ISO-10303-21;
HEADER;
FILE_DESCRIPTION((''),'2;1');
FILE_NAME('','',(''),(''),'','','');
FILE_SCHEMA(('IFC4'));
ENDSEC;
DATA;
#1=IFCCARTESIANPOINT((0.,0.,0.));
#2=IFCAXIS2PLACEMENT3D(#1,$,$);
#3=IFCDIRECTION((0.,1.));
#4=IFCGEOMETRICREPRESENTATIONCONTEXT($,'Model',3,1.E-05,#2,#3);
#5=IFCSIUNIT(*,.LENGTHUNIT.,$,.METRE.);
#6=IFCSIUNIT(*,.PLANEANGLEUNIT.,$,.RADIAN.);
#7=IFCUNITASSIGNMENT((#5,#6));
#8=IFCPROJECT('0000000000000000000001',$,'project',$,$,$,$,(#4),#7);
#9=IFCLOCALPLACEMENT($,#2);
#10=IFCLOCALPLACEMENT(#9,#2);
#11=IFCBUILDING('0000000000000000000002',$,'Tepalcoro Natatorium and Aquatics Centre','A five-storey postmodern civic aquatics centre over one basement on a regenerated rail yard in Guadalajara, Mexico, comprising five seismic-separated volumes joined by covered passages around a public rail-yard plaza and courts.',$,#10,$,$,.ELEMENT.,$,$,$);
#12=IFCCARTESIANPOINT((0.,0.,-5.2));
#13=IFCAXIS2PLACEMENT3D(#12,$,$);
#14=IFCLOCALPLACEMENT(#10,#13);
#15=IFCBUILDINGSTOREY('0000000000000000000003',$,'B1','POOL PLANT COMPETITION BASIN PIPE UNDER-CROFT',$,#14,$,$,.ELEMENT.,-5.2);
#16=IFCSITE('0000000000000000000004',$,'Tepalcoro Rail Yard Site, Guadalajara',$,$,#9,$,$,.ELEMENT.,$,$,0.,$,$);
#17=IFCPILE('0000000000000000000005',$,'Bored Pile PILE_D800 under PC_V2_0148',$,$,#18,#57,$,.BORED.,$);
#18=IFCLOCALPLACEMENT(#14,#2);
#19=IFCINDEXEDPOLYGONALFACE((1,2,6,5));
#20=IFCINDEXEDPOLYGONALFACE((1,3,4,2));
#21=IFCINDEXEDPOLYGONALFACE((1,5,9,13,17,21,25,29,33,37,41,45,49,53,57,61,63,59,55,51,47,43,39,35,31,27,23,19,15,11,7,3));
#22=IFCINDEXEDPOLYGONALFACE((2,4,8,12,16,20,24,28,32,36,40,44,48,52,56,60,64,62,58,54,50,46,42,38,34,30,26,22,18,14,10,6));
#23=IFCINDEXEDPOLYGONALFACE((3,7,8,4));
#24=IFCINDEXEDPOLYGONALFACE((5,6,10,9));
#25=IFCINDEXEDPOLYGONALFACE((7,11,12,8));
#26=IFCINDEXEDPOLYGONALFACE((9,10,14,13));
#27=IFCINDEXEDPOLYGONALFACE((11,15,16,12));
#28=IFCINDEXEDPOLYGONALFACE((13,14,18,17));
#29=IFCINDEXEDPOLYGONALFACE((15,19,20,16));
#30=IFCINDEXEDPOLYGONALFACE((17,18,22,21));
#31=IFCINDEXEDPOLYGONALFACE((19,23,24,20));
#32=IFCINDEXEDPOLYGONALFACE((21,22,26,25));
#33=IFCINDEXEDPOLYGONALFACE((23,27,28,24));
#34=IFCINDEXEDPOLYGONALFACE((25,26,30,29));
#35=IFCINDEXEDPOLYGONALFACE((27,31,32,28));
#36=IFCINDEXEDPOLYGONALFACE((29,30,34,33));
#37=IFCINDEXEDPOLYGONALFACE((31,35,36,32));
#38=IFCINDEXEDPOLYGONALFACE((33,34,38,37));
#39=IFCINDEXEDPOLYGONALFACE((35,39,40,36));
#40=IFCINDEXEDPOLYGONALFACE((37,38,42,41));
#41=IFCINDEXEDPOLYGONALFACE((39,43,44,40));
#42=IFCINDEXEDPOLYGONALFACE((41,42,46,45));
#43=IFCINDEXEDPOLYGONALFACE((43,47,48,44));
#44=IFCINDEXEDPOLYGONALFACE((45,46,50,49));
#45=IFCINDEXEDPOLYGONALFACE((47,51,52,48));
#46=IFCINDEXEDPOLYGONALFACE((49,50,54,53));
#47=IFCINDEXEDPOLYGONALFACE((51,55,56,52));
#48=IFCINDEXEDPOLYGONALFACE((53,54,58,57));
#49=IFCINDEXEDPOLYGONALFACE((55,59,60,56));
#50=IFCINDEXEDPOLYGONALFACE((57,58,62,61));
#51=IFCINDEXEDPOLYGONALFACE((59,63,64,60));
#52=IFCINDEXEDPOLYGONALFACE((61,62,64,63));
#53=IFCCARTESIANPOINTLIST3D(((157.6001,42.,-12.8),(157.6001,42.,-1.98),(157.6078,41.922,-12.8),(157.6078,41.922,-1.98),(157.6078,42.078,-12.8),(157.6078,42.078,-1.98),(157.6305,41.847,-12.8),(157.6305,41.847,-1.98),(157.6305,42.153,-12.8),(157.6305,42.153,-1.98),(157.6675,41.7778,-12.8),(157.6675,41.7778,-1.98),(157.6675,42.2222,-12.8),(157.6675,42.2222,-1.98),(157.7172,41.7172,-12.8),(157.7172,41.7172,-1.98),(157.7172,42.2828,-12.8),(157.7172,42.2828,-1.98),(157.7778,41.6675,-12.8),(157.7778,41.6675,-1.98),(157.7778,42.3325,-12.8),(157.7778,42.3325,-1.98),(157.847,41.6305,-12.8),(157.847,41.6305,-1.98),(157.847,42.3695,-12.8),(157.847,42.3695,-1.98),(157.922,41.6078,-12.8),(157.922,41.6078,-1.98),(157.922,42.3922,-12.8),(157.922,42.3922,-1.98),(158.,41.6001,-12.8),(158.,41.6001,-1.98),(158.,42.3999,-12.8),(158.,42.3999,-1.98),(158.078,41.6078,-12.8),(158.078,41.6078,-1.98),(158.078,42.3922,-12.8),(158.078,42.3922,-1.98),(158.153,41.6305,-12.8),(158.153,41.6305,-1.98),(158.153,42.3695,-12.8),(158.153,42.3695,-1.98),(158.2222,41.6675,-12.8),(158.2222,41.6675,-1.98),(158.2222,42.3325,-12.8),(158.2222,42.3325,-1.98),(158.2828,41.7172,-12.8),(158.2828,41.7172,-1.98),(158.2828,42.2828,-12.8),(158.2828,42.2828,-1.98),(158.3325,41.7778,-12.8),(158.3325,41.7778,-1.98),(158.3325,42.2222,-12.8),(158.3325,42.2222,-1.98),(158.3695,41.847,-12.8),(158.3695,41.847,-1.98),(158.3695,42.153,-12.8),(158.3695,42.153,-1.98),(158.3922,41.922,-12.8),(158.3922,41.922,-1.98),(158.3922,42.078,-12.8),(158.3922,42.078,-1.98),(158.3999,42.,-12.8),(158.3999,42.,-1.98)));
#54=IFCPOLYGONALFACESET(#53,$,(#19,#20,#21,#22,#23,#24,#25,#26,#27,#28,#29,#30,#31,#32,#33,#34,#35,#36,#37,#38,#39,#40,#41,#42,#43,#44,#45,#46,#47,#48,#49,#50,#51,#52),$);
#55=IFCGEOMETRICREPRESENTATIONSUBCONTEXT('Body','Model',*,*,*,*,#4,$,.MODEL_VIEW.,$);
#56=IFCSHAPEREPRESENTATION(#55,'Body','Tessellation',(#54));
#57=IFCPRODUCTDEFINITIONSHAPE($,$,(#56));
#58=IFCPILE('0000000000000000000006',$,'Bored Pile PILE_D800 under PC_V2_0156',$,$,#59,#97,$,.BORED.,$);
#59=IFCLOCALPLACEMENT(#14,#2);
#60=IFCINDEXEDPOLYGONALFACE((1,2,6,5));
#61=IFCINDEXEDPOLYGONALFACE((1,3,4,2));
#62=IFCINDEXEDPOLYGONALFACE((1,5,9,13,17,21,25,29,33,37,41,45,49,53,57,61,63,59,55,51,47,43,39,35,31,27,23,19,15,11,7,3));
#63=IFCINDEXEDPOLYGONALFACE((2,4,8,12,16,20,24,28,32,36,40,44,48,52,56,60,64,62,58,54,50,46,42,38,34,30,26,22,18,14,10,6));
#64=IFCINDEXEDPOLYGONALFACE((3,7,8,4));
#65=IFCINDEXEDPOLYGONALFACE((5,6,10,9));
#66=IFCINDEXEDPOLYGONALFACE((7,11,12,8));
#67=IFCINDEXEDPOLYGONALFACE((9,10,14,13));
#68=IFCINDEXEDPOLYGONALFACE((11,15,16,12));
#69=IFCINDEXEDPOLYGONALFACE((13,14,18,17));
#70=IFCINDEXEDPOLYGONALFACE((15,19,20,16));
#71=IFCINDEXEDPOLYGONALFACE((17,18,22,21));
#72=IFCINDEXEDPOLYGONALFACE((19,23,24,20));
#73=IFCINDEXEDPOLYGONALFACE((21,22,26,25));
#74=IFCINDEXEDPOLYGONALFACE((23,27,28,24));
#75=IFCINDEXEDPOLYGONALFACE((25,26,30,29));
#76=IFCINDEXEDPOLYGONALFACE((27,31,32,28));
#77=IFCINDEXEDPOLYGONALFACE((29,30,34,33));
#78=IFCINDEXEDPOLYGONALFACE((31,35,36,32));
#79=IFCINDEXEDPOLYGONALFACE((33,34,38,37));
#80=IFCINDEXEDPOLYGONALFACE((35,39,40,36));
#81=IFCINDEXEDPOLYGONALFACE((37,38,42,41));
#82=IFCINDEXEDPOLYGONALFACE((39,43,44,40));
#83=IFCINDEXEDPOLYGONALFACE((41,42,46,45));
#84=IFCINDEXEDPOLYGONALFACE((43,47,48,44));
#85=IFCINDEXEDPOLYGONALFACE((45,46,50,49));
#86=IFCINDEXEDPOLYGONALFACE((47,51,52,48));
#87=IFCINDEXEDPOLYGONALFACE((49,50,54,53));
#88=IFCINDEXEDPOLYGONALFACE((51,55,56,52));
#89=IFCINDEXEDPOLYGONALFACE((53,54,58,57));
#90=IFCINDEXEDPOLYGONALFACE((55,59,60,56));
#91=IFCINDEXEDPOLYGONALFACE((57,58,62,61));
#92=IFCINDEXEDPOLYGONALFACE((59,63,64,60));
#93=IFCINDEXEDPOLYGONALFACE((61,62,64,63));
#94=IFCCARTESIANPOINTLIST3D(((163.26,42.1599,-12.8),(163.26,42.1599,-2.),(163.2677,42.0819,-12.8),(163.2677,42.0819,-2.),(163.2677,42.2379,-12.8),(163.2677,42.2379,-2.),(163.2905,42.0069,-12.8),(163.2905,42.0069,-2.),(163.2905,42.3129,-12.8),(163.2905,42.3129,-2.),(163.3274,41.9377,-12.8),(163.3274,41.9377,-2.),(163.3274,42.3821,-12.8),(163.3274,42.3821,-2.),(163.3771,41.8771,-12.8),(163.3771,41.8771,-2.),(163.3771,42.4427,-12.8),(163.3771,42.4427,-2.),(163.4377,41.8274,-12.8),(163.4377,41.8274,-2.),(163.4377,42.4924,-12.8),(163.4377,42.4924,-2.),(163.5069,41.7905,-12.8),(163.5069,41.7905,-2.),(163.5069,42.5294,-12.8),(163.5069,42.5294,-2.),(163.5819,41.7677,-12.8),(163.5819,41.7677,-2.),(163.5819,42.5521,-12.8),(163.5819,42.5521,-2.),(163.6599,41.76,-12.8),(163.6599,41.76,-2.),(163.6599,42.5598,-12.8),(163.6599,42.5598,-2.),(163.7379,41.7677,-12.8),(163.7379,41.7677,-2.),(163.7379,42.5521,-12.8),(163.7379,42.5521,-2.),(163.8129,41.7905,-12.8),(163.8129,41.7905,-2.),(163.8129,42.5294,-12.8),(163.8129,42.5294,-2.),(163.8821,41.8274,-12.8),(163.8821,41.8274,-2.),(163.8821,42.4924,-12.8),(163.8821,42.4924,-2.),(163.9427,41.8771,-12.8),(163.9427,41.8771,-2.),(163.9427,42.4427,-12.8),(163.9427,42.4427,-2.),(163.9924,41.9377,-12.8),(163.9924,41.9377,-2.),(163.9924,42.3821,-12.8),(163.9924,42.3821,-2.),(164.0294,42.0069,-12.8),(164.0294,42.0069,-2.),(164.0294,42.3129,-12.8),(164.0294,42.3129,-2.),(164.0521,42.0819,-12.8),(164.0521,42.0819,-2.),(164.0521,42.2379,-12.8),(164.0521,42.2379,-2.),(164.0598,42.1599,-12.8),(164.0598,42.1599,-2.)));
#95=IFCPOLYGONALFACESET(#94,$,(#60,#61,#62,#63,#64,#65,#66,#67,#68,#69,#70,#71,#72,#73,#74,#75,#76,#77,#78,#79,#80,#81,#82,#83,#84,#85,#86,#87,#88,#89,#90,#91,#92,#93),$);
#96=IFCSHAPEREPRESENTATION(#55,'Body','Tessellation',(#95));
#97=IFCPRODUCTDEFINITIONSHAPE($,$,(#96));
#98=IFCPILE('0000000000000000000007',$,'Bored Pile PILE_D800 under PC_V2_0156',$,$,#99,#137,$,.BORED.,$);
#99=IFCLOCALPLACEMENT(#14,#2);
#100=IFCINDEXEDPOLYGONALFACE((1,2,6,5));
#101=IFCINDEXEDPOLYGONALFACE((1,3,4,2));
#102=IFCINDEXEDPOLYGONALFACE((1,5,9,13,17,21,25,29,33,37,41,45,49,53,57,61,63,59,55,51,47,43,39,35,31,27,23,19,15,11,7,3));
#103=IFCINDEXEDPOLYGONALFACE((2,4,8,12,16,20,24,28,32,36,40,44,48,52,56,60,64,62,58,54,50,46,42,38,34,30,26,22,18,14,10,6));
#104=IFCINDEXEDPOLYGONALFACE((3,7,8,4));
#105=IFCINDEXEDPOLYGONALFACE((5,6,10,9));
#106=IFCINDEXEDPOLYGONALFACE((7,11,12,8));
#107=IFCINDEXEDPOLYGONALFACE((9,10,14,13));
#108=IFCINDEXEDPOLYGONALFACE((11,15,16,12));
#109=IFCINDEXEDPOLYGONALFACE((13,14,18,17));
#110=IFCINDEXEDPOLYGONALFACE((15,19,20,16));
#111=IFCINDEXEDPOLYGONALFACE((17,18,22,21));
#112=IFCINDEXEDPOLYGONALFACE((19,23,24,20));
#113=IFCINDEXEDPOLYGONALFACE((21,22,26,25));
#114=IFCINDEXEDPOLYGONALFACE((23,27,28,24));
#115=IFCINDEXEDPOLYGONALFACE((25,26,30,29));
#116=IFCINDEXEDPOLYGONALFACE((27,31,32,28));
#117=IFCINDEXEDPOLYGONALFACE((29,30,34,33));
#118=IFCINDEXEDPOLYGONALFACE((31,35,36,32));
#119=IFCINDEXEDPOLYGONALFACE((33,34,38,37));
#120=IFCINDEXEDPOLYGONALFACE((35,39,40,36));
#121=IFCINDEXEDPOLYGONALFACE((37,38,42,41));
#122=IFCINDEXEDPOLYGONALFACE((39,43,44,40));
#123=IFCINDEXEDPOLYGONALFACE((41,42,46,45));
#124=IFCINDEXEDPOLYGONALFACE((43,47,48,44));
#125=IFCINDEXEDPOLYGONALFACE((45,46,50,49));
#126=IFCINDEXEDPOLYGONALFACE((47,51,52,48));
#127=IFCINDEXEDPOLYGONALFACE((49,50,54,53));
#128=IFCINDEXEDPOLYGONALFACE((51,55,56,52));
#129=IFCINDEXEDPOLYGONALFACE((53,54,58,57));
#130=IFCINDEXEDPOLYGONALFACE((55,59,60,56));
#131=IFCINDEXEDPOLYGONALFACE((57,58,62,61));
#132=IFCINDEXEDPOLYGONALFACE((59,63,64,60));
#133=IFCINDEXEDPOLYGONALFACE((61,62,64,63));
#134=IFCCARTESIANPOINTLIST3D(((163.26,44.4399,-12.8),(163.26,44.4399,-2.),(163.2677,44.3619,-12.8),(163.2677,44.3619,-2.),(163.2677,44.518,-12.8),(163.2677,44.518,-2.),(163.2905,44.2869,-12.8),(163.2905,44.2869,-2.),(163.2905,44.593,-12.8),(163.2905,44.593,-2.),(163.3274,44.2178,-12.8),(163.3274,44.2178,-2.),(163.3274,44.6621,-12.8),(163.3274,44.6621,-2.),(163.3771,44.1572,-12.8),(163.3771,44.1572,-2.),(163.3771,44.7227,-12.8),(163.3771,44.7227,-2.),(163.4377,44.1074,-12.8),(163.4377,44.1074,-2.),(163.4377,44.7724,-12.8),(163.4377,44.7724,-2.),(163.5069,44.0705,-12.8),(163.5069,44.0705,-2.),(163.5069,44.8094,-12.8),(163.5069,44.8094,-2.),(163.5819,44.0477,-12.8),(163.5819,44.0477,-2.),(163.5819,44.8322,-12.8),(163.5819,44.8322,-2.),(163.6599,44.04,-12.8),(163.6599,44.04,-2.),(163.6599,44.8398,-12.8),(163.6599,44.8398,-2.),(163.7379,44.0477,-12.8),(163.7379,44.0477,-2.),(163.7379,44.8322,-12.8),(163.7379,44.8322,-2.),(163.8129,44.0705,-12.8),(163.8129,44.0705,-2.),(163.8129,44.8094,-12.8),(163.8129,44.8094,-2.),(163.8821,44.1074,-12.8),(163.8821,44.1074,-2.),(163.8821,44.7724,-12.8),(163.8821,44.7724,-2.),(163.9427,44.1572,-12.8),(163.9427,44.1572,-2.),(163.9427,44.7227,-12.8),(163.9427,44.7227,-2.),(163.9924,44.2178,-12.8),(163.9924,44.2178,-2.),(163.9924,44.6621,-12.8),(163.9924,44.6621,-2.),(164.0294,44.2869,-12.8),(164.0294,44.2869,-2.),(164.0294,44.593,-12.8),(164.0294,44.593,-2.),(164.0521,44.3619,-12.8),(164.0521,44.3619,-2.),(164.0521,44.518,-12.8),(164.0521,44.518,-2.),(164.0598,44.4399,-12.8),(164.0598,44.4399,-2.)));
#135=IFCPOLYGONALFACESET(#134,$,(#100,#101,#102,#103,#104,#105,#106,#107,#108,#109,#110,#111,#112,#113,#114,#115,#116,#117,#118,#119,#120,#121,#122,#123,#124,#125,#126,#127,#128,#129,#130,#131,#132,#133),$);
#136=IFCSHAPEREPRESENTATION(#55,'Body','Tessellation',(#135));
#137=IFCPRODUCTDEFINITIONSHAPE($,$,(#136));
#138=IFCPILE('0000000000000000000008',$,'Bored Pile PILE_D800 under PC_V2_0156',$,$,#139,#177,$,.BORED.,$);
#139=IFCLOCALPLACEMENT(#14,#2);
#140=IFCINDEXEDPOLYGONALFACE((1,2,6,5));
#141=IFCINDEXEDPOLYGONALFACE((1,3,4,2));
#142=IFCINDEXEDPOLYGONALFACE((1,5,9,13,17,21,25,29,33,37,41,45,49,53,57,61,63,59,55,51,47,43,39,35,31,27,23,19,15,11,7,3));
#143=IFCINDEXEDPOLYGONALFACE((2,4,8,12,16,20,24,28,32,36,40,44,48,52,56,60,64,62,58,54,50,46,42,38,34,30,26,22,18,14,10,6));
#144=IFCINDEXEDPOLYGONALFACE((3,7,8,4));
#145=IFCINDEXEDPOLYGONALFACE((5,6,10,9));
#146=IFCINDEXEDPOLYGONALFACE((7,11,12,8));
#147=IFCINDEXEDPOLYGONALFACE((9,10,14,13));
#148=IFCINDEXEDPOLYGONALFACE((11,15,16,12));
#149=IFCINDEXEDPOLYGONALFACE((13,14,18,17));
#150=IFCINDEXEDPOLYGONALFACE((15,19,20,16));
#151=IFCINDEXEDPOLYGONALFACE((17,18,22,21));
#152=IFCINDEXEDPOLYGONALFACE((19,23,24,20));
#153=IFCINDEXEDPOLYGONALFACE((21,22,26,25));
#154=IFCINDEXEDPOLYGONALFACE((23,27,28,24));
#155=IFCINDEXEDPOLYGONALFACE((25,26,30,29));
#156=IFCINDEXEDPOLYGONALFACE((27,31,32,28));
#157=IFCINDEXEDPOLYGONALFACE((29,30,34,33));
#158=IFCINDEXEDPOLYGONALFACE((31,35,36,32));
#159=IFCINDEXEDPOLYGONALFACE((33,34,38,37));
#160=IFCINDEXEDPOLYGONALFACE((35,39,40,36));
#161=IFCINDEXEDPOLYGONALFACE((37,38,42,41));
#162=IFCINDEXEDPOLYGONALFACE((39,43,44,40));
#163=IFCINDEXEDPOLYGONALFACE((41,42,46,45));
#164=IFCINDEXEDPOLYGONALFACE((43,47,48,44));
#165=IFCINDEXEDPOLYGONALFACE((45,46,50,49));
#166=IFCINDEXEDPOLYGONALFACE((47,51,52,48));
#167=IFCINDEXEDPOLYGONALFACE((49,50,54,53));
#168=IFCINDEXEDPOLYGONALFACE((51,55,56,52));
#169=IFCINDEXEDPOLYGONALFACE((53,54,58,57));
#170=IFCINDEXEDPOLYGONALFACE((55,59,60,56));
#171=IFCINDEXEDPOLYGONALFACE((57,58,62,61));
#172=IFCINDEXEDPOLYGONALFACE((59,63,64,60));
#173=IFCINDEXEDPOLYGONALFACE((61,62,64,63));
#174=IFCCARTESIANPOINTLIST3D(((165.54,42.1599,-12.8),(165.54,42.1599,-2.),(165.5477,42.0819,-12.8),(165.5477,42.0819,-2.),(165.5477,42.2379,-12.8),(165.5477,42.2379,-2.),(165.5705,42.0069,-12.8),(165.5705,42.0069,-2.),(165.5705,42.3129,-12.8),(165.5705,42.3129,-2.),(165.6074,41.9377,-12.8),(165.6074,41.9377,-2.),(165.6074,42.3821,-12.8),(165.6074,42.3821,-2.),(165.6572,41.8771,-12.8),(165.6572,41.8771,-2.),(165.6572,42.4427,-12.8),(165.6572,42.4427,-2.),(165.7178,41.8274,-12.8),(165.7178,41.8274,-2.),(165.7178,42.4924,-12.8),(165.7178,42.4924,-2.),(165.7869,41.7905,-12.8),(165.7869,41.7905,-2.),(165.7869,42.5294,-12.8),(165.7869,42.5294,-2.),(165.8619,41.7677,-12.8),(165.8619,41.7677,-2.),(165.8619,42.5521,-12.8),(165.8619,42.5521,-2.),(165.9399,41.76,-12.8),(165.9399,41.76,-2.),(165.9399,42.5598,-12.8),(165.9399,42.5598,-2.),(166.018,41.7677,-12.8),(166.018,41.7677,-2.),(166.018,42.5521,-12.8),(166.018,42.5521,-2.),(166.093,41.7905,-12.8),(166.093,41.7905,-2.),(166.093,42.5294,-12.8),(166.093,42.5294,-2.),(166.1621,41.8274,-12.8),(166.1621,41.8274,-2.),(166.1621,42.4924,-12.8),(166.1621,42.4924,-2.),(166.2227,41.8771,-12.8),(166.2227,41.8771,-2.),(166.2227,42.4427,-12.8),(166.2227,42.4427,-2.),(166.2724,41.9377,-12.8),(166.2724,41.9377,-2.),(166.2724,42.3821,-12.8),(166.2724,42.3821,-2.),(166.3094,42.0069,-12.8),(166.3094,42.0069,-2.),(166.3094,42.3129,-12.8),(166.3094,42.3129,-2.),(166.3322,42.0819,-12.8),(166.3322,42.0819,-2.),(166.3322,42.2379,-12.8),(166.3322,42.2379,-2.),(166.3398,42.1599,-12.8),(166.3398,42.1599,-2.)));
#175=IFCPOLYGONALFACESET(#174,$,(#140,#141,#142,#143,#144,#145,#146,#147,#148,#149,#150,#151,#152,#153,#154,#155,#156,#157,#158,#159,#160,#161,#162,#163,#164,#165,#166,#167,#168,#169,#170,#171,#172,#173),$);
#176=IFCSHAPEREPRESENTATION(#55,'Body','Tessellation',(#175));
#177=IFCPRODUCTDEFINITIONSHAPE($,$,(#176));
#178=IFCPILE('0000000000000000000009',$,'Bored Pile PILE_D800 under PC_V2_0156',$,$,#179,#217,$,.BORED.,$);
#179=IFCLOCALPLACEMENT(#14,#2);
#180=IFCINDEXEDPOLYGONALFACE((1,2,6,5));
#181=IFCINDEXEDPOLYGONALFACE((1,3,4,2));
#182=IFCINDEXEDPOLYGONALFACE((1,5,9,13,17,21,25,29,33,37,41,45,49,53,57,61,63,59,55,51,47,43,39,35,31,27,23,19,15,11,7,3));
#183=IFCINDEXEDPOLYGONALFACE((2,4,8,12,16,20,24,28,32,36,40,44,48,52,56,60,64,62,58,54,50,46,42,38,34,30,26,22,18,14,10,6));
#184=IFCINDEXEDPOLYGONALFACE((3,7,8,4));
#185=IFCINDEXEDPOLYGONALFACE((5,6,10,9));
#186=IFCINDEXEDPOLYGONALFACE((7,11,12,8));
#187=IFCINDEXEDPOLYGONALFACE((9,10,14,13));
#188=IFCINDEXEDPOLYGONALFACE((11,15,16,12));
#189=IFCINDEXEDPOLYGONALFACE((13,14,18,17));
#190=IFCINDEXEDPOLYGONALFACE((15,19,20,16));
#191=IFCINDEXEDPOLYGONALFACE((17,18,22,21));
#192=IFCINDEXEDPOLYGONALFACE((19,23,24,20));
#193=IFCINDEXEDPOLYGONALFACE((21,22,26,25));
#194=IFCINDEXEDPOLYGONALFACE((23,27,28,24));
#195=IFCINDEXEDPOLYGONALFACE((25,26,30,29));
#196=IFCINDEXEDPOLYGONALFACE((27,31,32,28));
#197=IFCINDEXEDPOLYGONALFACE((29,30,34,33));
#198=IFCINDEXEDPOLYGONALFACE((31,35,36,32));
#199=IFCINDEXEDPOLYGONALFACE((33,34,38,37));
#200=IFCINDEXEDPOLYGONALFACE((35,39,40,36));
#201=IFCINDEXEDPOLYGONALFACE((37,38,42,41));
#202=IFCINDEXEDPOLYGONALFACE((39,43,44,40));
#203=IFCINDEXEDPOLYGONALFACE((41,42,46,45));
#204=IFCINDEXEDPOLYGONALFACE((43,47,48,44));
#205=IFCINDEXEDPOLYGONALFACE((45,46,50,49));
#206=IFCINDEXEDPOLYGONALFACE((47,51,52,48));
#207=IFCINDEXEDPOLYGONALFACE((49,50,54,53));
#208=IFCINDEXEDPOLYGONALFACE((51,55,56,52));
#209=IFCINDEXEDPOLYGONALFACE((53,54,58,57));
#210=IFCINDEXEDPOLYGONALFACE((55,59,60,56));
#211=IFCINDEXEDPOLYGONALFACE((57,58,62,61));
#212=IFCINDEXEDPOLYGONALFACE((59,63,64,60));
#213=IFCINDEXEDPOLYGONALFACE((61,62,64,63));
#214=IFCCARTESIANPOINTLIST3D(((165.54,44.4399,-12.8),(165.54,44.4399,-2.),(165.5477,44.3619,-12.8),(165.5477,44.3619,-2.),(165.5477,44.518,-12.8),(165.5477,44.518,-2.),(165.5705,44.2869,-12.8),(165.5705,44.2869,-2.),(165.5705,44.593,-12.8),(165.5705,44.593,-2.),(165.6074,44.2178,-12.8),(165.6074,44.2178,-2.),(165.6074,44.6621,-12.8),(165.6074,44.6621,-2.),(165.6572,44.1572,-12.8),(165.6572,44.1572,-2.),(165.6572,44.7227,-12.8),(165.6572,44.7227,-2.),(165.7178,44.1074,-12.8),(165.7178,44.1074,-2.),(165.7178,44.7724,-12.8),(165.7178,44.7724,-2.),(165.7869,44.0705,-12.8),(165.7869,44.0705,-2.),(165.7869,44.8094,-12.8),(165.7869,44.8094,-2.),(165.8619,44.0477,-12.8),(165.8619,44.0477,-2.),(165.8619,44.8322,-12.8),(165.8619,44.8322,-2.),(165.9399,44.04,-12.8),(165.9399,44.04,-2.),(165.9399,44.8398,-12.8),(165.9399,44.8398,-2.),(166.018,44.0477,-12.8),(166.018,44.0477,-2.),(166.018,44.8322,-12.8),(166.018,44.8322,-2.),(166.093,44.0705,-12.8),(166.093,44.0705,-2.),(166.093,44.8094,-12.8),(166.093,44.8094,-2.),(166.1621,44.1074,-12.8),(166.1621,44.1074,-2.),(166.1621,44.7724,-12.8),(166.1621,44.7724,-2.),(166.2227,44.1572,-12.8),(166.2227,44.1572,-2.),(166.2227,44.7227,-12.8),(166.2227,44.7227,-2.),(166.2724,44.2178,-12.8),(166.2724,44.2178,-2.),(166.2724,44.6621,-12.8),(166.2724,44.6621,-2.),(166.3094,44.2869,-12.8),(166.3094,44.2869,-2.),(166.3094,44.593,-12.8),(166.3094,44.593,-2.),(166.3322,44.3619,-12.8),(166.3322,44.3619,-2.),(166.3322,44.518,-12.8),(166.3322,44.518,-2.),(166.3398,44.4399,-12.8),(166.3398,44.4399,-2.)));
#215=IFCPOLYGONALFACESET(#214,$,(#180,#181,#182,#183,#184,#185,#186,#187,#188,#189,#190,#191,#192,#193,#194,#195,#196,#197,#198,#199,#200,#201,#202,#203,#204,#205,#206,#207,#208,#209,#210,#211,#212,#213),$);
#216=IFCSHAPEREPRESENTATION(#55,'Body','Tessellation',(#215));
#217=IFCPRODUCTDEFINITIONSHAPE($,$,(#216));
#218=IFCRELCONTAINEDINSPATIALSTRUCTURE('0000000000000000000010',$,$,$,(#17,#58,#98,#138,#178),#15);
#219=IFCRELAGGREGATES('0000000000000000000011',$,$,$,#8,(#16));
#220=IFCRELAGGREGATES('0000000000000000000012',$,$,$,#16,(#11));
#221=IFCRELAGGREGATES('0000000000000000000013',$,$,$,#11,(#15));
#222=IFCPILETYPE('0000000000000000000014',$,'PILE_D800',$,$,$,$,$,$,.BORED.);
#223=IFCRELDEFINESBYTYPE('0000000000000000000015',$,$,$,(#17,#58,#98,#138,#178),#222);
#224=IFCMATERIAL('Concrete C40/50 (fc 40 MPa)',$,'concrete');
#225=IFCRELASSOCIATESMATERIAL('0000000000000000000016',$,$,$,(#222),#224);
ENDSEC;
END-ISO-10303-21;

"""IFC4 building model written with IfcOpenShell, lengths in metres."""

from ifc_helpers import new_model, si_unit, direction, frame, origin, origin_2d, place, context, subcontext, project, spatial, circle, extrude, material, material_profile, profile_set, type_object, element, save


model = new_model("IFC4")

# Units and contexts
model_context = context("Model", 3, precision=1e-05, world=origin(), true_north=direction((0.0, 1.0)))
body_context = subcontext(model_context, "Body", "Model", "MODEL_VIEW")
ifc_project = project(units=[si_unit("LENGTHUNIT", "METRE"), si_unit("PLANEANGLEUNIT", "RADIAN")], contexts=[model_context])

# Site, building, storey
site_placement = place(None, origin())
site = spatial("IfcSite", under=ifc_project, at=site_placement, Name="Tepalcoro Rail Yard Site, Guadalajara", CompositionType="ELEMENT", RefElevation=0.0)
building_placement = place(site_placement, origin())
building = spatial("IfcBuilding", under=site, at=building_placement, Name="Tepalcoro Natatorium and Aquatics Centre", Description="A five-storey postmodern civic aquatics centre over one basement on a regenerated rail yard in Guadalajara, Mexico, comprising five seismic-separated volumes joined by covered passages around a public rail-yard plaza and courts.", CompositionType="ELEMENT")
storey_placement = place(building_placement, frame((0.0, 0.0, -5.2)))
storey = spatial("IfcBuildingStorey", under=building, at=storey_placement, Name="B1", Description="POOL PLANT COMPETITION BASIN PIPE UNDER-CROFT", CompositionType="ELEMENT", Elevation=-5.2)

# Piles
ifc_material_1 = material(Name="Concrete C40/50 (fc 40 MPa)", Category="concrete")
ifc_material_profile_1 = material_profile(ifc_material_1, circle(Radius=0.3999, at=origin_2d()), Name="PILE_D800")
ifc_profile_set_1 = profile_set([ifc_material_profile_1], Name="Concrete C40/50 (fc 40 MPa)")
pile_type_1 = type_object("IfcPileType", Name="PILE_D800", PredefinedType="BORED", material=ifc_profile_set_1)
pile_1_placement = place(storey_placement, frame((158.0, 42.0, -1.98), z_axis=(0.0, 0.0, -1.0), x_axis=(1.0, 0.0, 0.0)))
element("IfcPile", 1, at=pile_1_placement, inside=storey, type_object=pile_type_1, Name="Bored Pile PILE_D800 under PC_V2_0148", PredefinedType="BORED", context=body_context, shape_type="SweptSolid", body=[
    extrude(circle(Radius=0.3999, at=origin_2d()), origin(), (0.0, 0.0, 1.0), 10.8201),
])
for number, where, z_axis, x_axis, name in (
    (2, (163.6599, 42.1599, -2.0), (0.0, 0.0, -1.0), (1.0, 0.0, 0.0), "Bored Pile PILE_D800 under PC_V2_0156"),
    (3, (163.6599, 44.4399, -2.0), (0.0, 0.0, -1.0), (1.0, 0.0, 0.0), "Bored Pile PILE_D800 under PC_V2_0156"),
    (4, (165.9399, 42.1599, -2.0), (0.0, 0.0, -1.0), (1.0, 0.0, 0.0), "Bored Pile PILE_D800 under PC_V2_0156"),
    (5, (165.9399, 44.4399, -2.0), (0.0, 0.0, -1.0), (1.0, 0.0, 0.0), "Bored Pile PILE_D800 under PC_V2_0156"),
):
    element("IfcPile", number, at=place(storey_placement, frame(where, z_axis=z_axis, x_axis=x_axis)), inside=storey, type_object=pile_type_1, Name=name, PredefinedType="BORED", context=body_context, shape_type="SweptSolid", body=[
        extrude(circle(Radius=0.3999, at=origin_2d()), origin(), (0.0, 0.0, 1.0), 10.8),
    ])

save(model, "model.ifc")
